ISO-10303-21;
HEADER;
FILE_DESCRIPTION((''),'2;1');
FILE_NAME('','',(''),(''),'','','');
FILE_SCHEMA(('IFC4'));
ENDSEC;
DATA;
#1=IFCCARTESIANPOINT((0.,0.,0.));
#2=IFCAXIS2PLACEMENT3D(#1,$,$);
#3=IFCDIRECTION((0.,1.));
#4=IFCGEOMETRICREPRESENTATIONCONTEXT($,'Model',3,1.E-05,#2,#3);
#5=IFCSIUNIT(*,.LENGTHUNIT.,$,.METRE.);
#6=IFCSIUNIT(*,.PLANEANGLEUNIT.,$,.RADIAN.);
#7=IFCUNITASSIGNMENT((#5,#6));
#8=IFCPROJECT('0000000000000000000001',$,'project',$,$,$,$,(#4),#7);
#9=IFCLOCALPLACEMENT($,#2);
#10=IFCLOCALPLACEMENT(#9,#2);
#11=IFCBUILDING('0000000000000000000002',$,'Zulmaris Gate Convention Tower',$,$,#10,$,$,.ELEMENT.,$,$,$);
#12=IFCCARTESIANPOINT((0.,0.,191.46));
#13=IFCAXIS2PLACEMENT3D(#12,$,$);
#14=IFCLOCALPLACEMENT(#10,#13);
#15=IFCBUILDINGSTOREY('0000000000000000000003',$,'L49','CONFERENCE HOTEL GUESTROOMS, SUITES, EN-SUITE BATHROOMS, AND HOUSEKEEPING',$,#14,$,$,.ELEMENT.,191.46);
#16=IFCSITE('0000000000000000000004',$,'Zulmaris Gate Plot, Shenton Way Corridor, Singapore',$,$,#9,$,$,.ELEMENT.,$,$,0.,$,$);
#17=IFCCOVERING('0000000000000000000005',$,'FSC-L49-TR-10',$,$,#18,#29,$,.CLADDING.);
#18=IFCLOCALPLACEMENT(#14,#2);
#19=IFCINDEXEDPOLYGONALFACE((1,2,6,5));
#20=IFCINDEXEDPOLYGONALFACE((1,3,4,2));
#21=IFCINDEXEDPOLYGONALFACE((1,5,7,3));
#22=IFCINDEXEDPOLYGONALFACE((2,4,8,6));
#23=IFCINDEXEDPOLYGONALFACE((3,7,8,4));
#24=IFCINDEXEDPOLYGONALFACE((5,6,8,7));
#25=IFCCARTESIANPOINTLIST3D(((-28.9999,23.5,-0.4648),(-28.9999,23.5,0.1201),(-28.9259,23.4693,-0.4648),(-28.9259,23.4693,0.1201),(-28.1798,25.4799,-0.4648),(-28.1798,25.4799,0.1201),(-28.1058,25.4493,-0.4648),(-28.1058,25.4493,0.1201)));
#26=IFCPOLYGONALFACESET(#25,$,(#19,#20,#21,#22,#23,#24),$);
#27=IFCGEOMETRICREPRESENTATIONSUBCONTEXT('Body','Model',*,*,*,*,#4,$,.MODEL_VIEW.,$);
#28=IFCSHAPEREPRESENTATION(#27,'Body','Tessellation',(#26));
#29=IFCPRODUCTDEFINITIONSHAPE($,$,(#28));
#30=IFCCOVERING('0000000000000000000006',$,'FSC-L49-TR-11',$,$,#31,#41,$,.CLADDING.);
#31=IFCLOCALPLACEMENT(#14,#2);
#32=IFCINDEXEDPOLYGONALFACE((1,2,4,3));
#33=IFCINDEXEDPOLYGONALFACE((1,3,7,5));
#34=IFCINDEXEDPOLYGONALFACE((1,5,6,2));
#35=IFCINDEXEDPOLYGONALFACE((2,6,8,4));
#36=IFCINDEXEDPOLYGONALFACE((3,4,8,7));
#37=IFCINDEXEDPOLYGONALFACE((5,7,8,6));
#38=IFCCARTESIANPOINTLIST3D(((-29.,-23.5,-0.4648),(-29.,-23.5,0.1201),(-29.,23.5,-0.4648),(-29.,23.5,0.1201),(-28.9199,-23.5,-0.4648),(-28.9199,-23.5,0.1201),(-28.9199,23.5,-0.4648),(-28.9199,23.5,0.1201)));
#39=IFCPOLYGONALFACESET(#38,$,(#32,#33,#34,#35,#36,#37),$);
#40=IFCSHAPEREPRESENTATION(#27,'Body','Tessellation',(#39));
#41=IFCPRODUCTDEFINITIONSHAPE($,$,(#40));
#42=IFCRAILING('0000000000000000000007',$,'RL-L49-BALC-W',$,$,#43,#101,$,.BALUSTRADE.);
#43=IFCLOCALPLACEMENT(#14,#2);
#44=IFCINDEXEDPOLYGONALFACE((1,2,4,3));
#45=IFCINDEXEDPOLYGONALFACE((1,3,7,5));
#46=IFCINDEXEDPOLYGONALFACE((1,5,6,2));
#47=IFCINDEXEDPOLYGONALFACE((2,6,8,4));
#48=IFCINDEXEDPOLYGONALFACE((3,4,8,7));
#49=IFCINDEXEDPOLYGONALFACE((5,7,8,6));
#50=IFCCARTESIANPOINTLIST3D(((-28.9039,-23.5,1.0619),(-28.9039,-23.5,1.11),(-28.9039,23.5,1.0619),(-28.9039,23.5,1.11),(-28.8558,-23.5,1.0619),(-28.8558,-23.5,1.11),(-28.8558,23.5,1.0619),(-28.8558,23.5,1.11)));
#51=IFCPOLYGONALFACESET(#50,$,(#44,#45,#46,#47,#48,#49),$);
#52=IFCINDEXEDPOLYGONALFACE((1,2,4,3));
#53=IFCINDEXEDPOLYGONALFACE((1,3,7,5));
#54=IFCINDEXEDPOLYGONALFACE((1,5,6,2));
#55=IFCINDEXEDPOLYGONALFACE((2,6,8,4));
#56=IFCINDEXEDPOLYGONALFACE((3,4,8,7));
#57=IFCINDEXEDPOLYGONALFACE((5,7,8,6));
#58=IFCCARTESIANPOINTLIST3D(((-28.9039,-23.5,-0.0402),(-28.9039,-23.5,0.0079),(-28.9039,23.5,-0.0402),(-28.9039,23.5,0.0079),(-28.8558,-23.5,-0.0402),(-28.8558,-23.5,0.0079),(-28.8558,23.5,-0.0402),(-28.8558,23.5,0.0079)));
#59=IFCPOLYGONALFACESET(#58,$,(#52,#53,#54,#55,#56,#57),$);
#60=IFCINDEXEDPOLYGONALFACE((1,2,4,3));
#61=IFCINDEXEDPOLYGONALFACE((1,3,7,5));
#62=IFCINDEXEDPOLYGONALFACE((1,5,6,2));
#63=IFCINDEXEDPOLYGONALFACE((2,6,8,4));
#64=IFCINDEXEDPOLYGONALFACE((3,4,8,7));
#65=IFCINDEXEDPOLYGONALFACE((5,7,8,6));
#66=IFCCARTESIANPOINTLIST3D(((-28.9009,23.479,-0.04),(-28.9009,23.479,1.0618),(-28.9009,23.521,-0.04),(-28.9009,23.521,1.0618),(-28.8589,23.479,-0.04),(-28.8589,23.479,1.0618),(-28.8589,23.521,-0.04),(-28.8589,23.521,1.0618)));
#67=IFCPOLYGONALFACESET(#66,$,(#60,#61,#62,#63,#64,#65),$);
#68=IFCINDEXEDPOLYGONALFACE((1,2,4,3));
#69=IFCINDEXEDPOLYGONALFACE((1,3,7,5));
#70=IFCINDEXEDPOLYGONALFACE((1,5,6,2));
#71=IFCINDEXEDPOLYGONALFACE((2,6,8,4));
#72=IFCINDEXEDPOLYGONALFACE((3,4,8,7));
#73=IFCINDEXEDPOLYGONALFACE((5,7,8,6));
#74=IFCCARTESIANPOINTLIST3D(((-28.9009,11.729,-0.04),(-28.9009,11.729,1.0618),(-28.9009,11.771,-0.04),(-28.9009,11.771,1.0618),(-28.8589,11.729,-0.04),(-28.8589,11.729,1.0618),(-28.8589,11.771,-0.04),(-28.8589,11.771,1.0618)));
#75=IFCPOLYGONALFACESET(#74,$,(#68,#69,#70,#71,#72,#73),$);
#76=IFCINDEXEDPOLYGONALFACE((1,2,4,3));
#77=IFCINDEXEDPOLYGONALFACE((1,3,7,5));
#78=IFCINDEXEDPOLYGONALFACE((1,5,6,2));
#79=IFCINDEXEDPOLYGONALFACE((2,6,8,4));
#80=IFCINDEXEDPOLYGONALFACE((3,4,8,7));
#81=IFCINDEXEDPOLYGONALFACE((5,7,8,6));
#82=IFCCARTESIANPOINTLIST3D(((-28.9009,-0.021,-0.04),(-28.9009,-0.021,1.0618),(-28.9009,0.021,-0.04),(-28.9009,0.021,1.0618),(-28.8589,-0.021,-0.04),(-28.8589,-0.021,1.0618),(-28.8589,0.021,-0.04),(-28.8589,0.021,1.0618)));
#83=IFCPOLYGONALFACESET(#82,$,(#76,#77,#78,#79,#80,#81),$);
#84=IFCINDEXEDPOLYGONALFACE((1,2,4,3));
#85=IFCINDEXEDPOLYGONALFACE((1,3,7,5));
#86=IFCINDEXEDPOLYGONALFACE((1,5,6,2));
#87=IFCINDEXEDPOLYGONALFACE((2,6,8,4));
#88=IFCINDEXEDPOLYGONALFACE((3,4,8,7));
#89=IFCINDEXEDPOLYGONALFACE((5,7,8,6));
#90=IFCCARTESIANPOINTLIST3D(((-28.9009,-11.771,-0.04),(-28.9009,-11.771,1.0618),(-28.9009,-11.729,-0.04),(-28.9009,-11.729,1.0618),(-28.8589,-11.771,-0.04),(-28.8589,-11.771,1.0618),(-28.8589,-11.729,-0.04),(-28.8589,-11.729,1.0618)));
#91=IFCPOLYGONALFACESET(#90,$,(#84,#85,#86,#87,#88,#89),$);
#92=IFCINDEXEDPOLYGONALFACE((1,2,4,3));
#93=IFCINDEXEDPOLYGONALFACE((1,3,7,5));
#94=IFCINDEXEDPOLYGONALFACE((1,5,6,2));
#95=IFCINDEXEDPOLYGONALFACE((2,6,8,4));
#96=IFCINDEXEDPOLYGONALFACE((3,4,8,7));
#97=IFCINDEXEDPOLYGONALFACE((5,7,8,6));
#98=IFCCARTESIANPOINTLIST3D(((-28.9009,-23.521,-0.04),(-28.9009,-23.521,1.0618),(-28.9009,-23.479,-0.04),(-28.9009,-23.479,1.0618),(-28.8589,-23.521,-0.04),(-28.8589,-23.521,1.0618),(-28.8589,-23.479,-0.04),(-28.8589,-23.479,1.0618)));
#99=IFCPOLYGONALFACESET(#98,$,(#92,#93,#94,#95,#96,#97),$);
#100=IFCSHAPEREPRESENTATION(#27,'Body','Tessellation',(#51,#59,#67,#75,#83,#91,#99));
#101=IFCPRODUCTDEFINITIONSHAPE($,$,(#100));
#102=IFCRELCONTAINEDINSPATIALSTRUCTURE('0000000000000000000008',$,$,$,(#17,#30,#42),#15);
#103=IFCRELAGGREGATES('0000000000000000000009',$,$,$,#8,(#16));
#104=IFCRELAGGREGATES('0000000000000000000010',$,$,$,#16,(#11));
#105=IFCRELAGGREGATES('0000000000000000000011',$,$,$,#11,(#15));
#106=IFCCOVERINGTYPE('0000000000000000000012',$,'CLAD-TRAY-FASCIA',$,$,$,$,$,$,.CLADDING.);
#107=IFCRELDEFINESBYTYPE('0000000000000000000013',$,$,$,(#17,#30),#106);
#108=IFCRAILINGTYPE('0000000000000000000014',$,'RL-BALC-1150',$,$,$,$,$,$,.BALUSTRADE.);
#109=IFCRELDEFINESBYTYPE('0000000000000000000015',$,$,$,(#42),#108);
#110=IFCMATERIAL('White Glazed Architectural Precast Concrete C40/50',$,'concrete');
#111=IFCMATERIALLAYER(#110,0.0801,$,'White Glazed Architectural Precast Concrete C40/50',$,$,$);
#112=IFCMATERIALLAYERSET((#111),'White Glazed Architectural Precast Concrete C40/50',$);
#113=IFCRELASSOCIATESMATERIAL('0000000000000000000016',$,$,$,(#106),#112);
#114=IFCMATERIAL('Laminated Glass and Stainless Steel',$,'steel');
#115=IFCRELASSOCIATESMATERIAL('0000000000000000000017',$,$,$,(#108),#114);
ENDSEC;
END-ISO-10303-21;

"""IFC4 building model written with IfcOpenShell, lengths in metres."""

from ifc_helpers import new_model, si_unit, direction, frame, frame_2d, origin, origin_2d, place, context, subcontext, project, spatial, rectangle, extrude, material, layer, layer_set, type_object, element, save


model = new_model("IFC4")

# Units and contexts
model_context = context("Model", 3, precision=1e-05, world=origin(), true_north=direction((0.0, 1.0)))
body_context = subcontext(model_context, "Body", "Model", "MODEL_VIEW")
ifc_project = project(units=[si_unit("LENGTHUNIT", "METRE"), si_unit("PLANEANGLEUNIT", "RADIAN")], contexts=[model_context])

# Site, building, storey
site_placement = place(None, origin())
site = spatial("IfcSite", under=ifc_project, at=site_placement, Name="Zulmaris Gate Plot, Shenton Way Corridor, Singapore", CompositionType="ELEMENT", RefElevation=0.0)
building_placement = place(site_placement, origin())
building = spatial("IfcBuilding", under=site, at=building_placement, Name="Zulmaris Gate Convention Tower", CompositionType="ELEMENT")
storey_placement = place(building_placement, frame((0.0, 0.0, 191.46)))
storey = spatial("IfcBuildingStorey", under=building, at=storey_placement, Name="L49", Description="CONFERENCE HOTEL GUESTROOMS, SUITES, EN-SUITE BATHROOMS, AND HOUSEKEEPING", CompositionType="ELEMENT", Elevation=191.46)

# Coverings
ifc_material_1 = material(Name="White Glazed Architectural Precast Concrete C40/50", Category="concrete")
ifc_layer_1 = layer(ifc_material_1, 0.0801, Name="White Glazed Architectural Precast Concrete C40/50")
ifc_layer_set_1 = layer_set([ifc_layer_1], Name="White Glazed Architectural Precast Concrete C40/50")
covering_type = type_object("IfcCoveringType", Name="CLAD-TRAY-FASCIA", PredefinedType="CLADDING", material=ifc_layer_set_1)
covering_1_placement = place(storey_placement, frame((-28.1428, 25.4646, -0.4648), z_axis=(0.0, 0.0, 1.0), x_axis=(-0.382657, -0.92389, 0.0)))
element("IfcCovering", 1, at=covering_1_placement, inside=storey, type_object=covering_type, Name="FSC-L49-TR-10", PredefinedType="CLADDING", context=body_context, shape_type="SweptSolid", body=[
    extrude(rectangle(XDim=2.1431, YDim=0.0801, at=frame_2d((1.0715, 0.0))), origin(), (0.0, 0.0, 1.0), 0.585),
])
covering_2_placement = place(storey_placement, frame((-28.96, 23.5, -0.4648), z_axis=(0.0, 0.0, 1.0), x_axis=(0.0, -1.0, 0.0)))
element("IfcCovering", 2, at=covering_2_placement, inside=storey, type_object=covering_type, Name="FSC-L49-TR-11", PredefinedType="CLADDING", context=body_context, shape_type="SweptSolid", body=[
    extrude(rectangle(XDim=47.0, YDim=0.0801, at=frame_2d((23.5, 0.0))), origin(), (0.0, 0.0, 1.0), 0.585),
])

# Railing
ifc_material_2 = material(Name="Laminated Glass and Stainless Steel", Category="steel")
railing_type = type_object("IfcRailingType", Name="RL-BALC-1150", PredefinedType="BALUSTRADE", material=ifc_material_2)
railing_placement = place(storey_placement, frame((-28.8799, 23.5, -0.04)))
element("IfcRailing", 3, at=railing_placement, inside=storey, type_object=railing_type, Name="RL-L49-BALC-W", PredefinedType="BALUSTRADE", context=body_context, shape_type="SweptSolid", body=[
    extrude(rectangle(XDim=0.0481, YDim=0.0481, at=origin_2d()), frame((0.0, 0.0, 1.126), z_axis=(0.0, -1.0, 0.0), x_axis=(1.0, 0.0, 0.0)), (0.0, 0.0, 1.0), 47.0),
    extrude(rectangle(XDim=0.0481, YDim=0.0481, at=origin_2d()), frame((0.0, 0.0, 0.0239), z_axis=(0.0, -1.0, 0.0), x_axis=(1.0, 0.0, 0.0)), (0.0, 0.0, 1.0), 47.0),
    extrude(rectangle(XDim=0.042, YDim=0.042, at=origin_2d()), origin(), (0.0, 0.0, 1.0), 1.1018),
    extrude(rectangle(XDim=0.042, YDim=0.042, at=origin_2d()), frame((0.0, -11.75, 0.0)), (0.0, 0.0, 1.0), 1.1018),
    extrude(rectangle(XDim=0.042, YDim=0.042, at=origin_2d()), frame((0.0, -23.5, 0.0)), (0.0, 0.0, 1.0), 1.1018),
    extrude(rectangle(XDim=0.042, YDim=0.042, at=origin_2d()), frame((0.0, -35.25, 0.0)), (0.0, 0.0, 1.0), 1.1018),
    extrude(rectangle(XDim=0.042, YDim=0.042, at=origin_2d()), frame((0.0, -47.0, 0.0)), (0.0, 0.0, 1.0), 1.1018),
])

save(model, "model.ifc")
